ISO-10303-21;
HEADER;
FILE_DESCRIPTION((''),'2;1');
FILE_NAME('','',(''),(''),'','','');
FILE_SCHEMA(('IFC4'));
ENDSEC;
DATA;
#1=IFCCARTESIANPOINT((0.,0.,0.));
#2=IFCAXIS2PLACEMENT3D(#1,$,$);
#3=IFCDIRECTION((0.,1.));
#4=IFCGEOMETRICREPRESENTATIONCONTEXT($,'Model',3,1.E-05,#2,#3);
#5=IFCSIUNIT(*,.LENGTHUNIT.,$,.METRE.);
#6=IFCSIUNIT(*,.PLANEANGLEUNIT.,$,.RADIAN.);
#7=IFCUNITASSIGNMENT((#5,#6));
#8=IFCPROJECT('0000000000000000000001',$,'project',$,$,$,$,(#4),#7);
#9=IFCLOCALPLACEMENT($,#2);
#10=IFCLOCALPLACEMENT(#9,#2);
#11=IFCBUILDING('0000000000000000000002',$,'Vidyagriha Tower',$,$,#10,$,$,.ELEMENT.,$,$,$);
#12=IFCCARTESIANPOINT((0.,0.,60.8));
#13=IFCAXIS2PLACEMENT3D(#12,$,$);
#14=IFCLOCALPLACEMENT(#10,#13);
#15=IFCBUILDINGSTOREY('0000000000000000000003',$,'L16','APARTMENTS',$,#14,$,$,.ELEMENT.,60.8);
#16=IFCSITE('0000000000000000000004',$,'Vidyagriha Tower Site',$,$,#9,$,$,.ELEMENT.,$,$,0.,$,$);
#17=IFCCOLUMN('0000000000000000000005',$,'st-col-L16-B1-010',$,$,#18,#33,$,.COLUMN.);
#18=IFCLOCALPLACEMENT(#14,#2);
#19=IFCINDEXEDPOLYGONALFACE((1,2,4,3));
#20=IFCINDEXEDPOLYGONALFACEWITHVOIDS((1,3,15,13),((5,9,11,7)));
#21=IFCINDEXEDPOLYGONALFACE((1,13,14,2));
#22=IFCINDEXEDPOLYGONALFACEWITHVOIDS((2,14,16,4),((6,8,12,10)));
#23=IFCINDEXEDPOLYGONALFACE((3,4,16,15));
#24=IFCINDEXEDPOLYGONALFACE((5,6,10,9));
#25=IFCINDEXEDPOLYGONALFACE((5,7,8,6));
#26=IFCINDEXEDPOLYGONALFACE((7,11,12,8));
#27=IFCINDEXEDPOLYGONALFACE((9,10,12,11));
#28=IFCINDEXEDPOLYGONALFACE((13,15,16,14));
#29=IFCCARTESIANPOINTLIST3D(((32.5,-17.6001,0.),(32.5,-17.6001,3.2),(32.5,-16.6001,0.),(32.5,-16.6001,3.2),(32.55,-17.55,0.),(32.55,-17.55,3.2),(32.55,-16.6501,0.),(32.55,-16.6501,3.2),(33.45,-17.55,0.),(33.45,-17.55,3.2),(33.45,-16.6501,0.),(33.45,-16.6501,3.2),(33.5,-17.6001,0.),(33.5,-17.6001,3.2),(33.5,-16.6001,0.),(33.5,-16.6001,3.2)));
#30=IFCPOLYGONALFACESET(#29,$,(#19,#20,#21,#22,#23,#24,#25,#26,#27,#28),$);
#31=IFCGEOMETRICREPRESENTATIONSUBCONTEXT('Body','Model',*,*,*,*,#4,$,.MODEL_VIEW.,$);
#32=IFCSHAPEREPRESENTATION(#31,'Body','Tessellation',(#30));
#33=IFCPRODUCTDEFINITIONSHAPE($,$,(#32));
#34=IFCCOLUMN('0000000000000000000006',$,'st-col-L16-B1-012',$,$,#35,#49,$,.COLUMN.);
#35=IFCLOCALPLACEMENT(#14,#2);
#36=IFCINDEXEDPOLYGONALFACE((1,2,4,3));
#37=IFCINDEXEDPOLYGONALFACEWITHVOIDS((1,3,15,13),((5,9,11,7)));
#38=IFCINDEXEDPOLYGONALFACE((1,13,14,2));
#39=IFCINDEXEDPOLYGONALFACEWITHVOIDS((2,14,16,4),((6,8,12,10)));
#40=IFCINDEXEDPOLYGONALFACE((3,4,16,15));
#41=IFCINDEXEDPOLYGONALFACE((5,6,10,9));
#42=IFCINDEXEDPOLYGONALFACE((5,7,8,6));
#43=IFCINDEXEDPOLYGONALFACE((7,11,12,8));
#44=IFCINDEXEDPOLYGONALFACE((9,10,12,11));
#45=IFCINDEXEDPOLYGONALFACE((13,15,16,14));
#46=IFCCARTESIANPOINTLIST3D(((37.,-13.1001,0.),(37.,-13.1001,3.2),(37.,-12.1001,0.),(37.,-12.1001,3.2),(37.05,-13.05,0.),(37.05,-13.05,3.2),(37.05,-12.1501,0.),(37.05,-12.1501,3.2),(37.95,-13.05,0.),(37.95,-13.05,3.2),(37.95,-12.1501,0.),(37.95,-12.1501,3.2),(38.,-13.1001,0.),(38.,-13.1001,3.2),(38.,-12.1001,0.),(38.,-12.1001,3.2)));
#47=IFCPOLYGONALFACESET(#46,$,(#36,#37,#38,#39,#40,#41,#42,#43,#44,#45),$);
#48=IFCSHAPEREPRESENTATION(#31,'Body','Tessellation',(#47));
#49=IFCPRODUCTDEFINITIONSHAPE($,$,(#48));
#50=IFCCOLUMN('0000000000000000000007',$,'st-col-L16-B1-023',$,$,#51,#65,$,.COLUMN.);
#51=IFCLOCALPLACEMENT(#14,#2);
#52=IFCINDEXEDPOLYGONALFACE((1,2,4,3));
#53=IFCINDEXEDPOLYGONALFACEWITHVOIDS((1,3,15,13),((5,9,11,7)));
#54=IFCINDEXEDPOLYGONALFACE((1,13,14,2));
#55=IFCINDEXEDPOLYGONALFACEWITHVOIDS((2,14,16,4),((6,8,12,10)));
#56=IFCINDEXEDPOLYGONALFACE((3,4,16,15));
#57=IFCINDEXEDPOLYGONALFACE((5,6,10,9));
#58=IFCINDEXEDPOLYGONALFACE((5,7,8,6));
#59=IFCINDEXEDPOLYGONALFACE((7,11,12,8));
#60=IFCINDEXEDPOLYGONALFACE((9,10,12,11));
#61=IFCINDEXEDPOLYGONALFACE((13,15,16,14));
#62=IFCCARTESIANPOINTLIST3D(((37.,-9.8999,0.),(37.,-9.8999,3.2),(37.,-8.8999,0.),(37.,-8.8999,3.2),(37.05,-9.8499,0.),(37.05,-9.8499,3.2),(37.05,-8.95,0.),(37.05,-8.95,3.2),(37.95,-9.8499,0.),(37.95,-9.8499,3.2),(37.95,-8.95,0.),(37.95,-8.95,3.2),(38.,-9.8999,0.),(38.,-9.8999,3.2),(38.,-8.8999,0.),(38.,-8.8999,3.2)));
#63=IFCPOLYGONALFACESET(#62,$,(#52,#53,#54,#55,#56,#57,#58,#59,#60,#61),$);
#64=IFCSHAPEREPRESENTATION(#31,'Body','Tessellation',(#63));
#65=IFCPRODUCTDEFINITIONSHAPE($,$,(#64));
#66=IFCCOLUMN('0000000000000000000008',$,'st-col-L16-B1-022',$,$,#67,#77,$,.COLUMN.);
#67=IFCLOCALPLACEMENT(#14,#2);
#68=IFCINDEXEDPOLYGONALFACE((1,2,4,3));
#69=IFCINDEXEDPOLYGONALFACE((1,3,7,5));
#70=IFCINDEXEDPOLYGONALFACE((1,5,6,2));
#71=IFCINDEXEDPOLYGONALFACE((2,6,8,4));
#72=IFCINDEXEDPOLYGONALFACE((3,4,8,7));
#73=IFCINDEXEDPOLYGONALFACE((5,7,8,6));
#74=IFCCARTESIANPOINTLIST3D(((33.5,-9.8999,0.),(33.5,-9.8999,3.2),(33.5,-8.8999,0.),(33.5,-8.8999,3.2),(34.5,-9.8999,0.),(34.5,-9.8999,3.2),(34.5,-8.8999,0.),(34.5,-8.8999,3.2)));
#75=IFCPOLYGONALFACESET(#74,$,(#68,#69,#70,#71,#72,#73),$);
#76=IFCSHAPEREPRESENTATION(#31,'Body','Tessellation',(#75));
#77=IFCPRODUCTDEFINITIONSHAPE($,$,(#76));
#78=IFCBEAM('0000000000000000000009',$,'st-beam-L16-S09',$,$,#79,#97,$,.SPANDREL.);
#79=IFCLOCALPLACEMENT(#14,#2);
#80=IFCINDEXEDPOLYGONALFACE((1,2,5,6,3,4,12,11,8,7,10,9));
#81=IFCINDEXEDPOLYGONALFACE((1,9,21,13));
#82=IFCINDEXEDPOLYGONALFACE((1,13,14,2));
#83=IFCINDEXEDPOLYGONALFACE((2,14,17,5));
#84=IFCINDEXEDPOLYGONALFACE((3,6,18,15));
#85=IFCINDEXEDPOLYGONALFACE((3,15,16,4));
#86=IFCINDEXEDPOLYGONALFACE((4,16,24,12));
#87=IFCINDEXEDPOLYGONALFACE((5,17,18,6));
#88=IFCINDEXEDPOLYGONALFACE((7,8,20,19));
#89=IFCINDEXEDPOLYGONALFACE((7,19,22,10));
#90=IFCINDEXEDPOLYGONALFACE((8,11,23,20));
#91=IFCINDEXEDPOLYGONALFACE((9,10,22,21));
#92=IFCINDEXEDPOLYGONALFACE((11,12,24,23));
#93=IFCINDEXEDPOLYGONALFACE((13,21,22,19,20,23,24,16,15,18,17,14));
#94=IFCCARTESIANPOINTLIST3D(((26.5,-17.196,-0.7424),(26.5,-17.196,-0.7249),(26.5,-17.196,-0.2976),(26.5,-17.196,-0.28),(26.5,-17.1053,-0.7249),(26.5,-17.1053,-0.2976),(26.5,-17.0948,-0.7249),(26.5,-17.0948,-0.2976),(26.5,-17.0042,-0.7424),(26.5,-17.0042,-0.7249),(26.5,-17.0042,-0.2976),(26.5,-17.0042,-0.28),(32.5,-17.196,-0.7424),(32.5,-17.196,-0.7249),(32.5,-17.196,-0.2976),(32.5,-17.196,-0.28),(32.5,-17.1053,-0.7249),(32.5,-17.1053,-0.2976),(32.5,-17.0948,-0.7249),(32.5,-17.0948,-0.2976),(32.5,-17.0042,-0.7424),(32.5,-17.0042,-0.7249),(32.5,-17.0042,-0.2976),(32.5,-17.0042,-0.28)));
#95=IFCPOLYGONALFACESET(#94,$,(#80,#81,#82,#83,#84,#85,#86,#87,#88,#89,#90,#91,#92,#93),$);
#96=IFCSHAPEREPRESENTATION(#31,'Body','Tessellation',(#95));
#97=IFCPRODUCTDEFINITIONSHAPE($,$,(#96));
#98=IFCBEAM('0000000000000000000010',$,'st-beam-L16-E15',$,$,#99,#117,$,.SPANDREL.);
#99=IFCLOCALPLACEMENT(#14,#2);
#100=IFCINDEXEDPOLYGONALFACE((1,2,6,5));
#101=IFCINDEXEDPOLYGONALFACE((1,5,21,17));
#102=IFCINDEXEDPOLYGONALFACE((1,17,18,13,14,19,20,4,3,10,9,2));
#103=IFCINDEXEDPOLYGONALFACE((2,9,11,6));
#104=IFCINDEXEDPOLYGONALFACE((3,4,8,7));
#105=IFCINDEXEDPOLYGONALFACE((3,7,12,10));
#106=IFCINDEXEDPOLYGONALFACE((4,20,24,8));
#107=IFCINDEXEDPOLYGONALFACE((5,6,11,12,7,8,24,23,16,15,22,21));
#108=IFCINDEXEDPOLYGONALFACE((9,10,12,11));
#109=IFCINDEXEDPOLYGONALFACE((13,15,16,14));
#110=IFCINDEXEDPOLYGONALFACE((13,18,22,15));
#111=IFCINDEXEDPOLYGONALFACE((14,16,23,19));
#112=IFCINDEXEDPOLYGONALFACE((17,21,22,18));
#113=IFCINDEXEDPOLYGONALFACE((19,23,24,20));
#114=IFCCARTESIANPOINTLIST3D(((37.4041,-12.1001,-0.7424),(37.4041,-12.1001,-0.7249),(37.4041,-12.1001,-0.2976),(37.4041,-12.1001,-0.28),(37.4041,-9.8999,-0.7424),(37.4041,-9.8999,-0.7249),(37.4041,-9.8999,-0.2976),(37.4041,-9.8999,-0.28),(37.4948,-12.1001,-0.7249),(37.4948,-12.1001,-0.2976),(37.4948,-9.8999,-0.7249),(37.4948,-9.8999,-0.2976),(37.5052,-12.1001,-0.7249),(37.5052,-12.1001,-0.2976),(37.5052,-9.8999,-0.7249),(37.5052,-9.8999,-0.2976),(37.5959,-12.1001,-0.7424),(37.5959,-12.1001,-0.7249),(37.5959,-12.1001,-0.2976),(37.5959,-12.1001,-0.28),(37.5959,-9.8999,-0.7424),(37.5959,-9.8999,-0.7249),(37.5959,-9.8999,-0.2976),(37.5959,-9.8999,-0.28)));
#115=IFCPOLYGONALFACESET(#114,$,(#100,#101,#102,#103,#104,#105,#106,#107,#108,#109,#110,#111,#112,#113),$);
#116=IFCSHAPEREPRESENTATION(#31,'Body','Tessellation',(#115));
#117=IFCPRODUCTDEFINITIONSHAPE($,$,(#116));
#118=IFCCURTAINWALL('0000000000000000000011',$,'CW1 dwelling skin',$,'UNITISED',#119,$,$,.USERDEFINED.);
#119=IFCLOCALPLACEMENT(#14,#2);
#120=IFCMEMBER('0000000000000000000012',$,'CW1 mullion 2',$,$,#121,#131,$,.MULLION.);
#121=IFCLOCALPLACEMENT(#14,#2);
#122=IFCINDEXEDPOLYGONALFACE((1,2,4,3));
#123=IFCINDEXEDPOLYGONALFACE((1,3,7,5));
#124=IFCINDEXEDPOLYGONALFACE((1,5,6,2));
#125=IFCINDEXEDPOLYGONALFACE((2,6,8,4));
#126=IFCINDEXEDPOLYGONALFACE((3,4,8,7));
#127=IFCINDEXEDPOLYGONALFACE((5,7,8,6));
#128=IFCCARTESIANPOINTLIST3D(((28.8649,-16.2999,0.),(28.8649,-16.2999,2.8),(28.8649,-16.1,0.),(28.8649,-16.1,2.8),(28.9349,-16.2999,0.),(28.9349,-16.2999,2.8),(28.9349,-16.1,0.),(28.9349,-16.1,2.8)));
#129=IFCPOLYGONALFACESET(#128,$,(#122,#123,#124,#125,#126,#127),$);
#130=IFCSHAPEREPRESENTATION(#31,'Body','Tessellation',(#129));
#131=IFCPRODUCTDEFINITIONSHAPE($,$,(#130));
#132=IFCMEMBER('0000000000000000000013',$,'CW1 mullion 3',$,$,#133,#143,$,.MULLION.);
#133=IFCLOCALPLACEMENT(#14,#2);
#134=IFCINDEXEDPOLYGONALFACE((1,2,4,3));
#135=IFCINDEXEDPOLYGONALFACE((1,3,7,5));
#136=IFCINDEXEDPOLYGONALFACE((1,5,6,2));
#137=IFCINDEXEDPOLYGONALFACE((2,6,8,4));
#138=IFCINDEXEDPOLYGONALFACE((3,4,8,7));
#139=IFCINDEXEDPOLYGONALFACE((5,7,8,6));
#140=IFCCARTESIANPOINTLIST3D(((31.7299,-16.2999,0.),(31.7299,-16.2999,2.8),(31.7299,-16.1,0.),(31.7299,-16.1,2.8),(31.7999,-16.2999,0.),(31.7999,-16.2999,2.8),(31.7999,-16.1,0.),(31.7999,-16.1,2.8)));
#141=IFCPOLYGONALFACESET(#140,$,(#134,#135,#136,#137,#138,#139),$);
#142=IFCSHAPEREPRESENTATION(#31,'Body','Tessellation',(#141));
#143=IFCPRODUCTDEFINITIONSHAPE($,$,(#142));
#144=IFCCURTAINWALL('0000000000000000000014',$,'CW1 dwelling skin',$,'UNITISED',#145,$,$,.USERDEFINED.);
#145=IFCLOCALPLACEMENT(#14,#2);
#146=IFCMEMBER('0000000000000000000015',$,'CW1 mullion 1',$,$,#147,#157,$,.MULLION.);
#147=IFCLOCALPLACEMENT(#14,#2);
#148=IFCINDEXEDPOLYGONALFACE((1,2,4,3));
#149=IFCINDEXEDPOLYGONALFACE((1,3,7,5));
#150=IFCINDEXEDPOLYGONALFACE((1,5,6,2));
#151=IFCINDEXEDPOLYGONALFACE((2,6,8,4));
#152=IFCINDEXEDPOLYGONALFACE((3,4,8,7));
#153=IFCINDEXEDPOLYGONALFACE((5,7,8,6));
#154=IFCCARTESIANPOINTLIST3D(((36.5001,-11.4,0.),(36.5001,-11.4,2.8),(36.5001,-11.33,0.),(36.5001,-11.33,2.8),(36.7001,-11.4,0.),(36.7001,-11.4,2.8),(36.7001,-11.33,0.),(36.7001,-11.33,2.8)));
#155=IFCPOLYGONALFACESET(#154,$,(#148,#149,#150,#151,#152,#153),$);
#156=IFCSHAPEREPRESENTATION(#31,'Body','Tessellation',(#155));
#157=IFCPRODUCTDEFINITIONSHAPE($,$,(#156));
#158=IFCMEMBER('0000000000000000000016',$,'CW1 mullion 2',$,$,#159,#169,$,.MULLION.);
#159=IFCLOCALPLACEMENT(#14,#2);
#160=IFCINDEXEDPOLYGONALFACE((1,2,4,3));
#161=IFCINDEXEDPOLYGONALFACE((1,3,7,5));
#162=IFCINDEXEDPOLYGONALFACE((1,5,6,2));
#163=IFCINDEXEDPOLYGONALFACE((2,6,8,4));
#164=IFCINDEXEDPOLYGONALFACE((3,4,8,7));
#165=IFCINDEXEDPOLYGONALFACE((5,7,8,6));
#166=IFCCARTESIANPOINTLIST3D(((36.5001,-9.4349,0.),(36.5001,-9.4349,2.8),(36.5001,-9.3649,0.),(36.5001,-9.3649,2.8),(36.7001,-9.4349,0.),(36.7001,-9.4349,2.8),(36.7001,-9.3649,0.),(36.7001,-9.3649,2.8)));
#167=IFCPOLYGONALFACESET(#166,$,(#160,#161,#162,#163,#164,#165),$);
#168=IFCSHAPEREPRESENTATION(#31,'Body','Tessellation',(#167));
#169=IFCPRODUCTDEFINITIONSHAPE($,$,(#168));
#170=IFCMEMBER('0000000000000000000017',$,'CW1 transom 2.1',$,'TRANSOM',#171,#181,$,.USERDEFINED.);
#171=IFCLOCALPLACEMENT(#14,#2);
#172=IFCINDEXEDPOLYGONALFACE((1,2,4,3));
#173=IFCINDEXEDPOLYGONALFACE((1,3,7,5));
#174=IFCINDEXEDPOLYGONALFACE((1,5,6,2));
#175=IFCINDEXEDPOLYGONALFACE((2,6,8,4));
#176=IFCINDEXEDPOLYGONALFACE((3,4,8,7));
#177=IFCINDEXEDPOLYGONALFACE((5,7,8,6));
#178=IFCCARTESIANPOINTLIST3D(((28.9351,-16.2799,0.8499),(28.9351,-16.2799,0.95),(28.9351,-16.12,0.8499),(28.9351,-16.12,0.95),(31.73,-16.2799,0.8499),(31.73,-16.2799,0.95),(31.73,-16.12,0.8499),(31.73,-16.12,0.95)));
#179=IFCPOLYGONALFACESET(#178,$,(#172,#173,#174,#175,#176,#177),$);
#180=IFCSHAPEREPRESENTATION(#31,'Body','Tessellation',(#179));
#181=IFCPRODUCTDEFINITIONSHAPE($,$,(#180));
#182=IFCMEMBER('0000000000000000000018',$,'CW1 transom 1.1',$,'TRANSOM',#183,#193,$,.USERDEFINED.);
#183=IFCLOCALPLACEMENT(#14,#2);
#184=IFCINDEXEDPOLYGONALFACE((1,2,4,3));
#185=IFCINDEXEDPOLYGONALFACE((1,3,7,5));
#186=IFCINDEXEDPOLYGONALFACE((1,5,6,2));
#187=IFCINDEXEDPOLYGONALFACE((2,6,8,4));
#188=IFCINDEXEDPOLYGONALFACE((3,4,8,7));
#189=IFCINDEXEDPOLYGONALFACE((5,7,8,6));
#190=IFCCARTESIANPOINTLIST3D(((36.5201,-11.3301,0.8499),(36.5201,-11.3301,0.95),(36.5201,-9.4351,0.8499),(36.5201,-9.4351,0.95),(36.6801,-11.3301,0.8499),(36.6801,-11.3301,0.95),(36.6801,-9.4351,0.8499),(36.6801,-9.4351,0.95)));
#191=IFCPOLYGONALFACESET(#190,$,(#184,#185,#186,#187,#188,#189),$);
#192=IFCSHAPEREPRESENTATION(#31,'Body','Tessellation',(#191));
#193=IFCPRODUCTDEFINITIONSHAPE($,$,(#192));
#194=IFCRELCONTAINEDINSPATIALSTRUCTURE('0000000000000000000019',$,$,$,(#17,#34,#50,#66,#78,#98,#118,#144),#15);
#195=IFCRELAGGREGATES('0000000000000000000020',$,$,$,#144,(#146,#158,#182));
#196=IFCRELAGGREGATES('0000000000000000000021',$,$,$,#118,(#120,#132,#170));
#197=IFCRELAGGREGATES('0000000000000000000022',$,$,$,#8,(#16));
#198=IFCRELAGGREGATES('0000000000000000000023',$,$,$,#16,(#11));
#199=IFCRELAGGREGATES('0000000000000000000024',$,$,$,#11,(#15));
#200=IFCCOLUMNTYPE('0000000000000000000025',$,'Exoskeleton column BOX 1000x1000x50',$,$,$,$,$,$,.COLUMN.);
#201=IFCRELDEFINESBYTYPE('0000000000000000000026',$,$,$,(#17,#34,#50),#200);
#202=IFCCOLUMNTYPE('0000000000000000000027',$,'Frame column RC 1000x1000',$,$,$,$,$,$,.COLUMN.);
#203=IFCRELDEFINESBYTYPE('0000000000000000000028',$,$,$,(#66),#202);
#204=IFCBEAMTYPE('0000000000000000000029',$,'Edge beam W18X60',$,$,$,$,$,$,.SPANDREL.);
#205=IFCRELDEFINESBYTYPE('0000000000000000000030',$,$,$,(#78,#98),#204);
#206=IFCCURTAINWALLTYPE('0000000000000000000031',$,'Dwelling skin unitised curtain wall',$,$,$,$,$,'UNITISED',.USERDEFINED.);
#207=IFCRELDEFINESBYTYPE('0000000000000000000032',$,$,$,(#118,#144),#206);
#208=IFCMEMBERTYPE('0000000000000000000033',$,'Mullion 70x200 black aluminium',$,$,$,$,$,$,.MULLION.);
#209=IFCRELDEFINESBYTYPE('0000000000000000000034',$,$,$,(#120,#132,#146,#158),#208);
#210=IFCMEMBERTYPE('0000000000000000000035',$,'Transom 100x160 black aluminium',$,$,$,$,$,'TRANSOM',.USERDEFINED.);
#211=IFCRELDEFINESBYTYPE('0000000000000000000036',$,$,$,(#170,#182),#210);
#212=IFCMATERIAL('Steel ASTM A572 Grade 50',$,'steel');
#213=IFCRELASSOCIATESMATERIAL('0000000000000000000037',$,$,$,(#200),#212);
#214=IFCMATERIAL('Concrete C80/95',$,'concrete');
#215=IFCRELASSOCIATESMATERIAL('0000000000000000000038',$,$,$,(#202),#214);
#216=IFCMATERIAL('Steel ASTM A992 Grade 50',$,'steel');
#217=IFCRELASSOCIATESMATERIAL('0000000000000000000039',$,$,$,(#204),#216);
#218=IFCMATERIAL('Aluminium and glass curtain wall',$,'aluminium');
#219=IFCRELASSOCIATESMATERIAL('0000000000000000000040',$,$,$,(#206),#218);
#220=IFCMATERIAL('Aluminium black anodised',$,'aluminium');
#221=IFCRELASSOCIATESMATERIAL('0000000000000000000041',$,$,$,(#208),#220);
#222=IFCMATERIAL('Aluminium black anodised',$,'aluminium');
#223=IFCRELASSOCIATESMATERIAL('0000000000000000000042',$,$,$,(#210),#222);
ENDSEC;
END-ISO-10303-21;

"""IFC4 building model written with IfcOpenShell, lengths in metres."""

from ifc_helpers import new_model, si_unit, direction, frame, origin, origin_2d, place, context, subcontext, project, spatial, rectangle, hollow_rectangle, i_section, extrude, material, material_profile, profile_set, type_object, element, aggregate, save


model = new_model("IFC4")

# Units and contexts
model_context = context("Model", 3, precision=1e-05, world=origin(), true_north=direction((0.0, 1.0)))
body_context = subcontext(model_context, "Body", "Model", "MODEL_VIEW")
ifc_project = project(units=[si_unit("LENGTHUNIT", "METRE"), si_unit("PLANEANGLEUNIT", "RADIAN")], contexts=[model_context])

# Site, building, storey
site_placement = place(None, origin())
site = spatial("IfcSite", under=ifc_project, at=site_placement, Name="Vidyagriha Tower Site", CompositionType="ELEMENT", RefElevation=0.0)
building_placement = place(site_placement, origin())
building = spatial("IfcBuilding", under=site, at=building_placement, Name="Vidyagriha Tower", CompositionType="ELEMENT")
storey_placement = place(building_placement, frame((0.0, 0.0, 60.8)))
storey = spatial("IfcBuildingStorey", under=building, at=storey_placement, Name="L16", Description="APARTMENTS", CompositionType="ELEMENT", Elevation=60.8)

# Columns
ifc_material_1 = material(Name="Steel ASTM A572 Grade 50", Category="steel")
ifc_material_profile_1 = material_profile(ifc_material_1, hollow_rectangle(XDim=1.0, YDim=1.0, WallThickness=0.05, at=origin_2d()), Name="BOX 1000x1000x50")
ifc_profile_set_1 = profile_set([ifc_material_profile_1], Name="Steel ASTM A572 Grade 50")
column_type_1 = type_object("IfcColumnType", Name="Exoskeleton column BOX 1000x1000x50", PredefinedType="COLUMN", material=ifc_profile_set_1)
for number, where, name in (
    (1, (33.0, -17.1001, 0.0), "st-col-L16-B1-010"),
    (2, (37.5, -12.6001, 0.0), "st-col-L16-B1-012"),
    (3, (37.5, -9.3999, 0.0), "st-col-L16-B1-023"),
):
    element("IfcColumn", number, at=place(storey_placement, frame(where)), inside=storey, type_object=column_type_1, Name=name, PredefinedType="COLUMN", context=body_context, shape_type="SweptSolid", body=[
        extrude(hollow_rectangle(XDim=1.0, YDim=1.0, WallThickness=0.05, at=origin_2d()), origin(), (0.0, 0.0, 1.0), 3.2),
    ])
ifc_material_2 = material(Name="Concrete C80/95", Category="concrete")
ifc_material_profile_2 = material_profile(ifc_material_2, rectangle(XDim=1.0, YDim=1.0, at=origin_2d()), Name="RC 1000x1000")
ifc_profile_set_2 = profile_set([ifc_material_profile_2], Name="Concrete C80/95")
column_type_2 = type_object("IfcColumnType", Name="Frame column RC 1000x1000", PredefinedType="COLUMN", material=ifc_profile_set_2)
column_placement = place(storey_placement, frame((34.0, -9.3999, 0.0)))
element("IfcColumn", 4, at=column_placement, inside=storey, type_object=column_type_2, Name="st-col-L16-B1-022", PredefinedType="COLUMN", context=body_context, shape_type="SweptSolid", body=[
    extrude(rectangle(XDim=1.0, YDim=1.0, at=origin_2d()), origin(), (0.0, 0.0, 1.0), 3.2),
])

# Beams
ifc_material_3 = material(Name="Steel ASTM A992 Grade 50", Category="steel")
ifc_material_profile_3 = material_profile(ifc_material_3, i_section(OverallWidth=0.1919, OverallDepth=0.4624, WebThickness=0.0105, FlangeThickness=0.0176, at=origin_2d()), Name="W18X60")
ifc_profile_set_3 = profile_set([ifc_material_profile_3], Name="Steel ASTM A992 Grade 50")
beam_type = type_object("IfcBeamType", Name="Edge beam W18X60", PredefinedType="SPANDREL", material=ifc_profile_set_3)
beam_1_placement = place(storey_placement, frame((26.5, -17.1001, -0.5112), z_axis=(1.0, 0.0, 0.0), x_axis=(0.0, 1.0, 0.0)))
element("IfcBeam", 5, at=beam_1_placement, inside=storey, type_object=beam_type, Name="st-beam-L16-S09", PredefinedType="SPANDREL", context=body_context, shape_type="SweptSolid", body=[
    extrude(i_section(OverallWidth=0.1919, OverallDepth=0.4624, WebThickness=0.0105, FlangeThickness=0.0176, at=origin_2d()), origin(), (0.0, 0.0, 1.0), 6.0),
])
beam_2_placement = place(storey_placement, frame((37.5, -12.1001, -0.5112), z_axis=(0.0, 1.0, 0.0), x_axis=(-1.0, 0.0, 0.0)))
element("IfcBeam", 6, at=beam_2_placement, inside=storey, type_object=beam_type, Name="st-beam-L16-E15", PredefinedType="SPANDREL", context=body_context, shape_type="SweptSolid", body=[
    extrude(i_section(OverallWidth=0.1919, OverallDepth=0.4624, WebThickness=0.0105, FlangeThickness=0.0176, at=origin_2d()), origin(), (0.0, 0.0, 1.0), 2.2002),
])

# Curtain walls, members
ifc_material_4 = material(Name="Aluminium and glass curtain wall", Category="aluminium")
curtain_wall_type = type_object("IfcCurtainWallType", Name="Dwelling skin unitised curtain wall", ElementType="UNITISED", PredefinedType="USERDEFINED", material=ifc_material_4)
curtain_wall_1_placement = place(storey_placement, origin())
curtain_wall_1 = element("IfcCurtainWall", 7, at=curtain_wall_1_placement, inside=storey, type_object=curtain_wall_type, Name="CW1 dwelling skin", ObjectType="UNITISED", PredefinedType="USERDEFINED")
ifc_material_5 = material(Name="Aluminium black anodised", Category="aluminium")
ifc_material_profile_4 = material_profile(ifc_material_5, rectangle(XDim=0.2, YDim=0.0701, at=origin_2d()), Name="Mullion 70x200 black aluminium")
ifc_profile_set_4 = profile_set([ifc_material_profile_4], Name="Aluminium black anodised")
member_type_1 = type_object("IfcMemberType", Name="Mullion 70x200 black aluminium", PredefinedType="MULLION", material=ifc_profile_set_4)
member_1_placement = place(storey_placement, frame((28.8999, -16.2, 0.0), z_axis=(0.0, 0.0, 1.0), x_axis=(0.0, 1.0, 0.0)))
member_1 = element("IfcMember", 8, at=member_1_placement, type_object=member_type_1, Name="CW1 mullion 2", PredefinedType="MULLION", context=body_context, shape_type="SweptSolid", body=[
    extrude(rectangle(XDim=0.2, YDim=0.0701, at=origin_2d()), origin(), (0.0, 0.0, 1.0), 2.8),
])
member_2_placement = place(storey_placement, frame((31.7649, -16.2, 0.0), z_axis=(0.0, 0.0, 1.0), x_axis=(0.0, 1.0, 0.0)))
member_2 = element("IfcMember", 9, at=member_2_placement, type_object=member_type_1, Name="CW1 mullion 3", PredefinedType="MULLION", context=body_context, shape_type="SweptSolid", body=[
    extrude(rectangle(XDim=0.2, YDim=0.0701, at=origin_2d()), origin(), (0.0, 0.0, 1.0), 2.8),
])
curtain_wall_2_placement = place(storey_placement, origin())
curtain_wall_2 = element("IfcCurtainWall", 10, at=curtain_wall_2_placement, inside=storey, type_object=curtain_wall_type, Name="CW1 dwelling skin", ObjectType="UNITISED", PredefinedType="USERDEFINED")
member_3_placement = place(storey_placement, frame((36.6001, -11.365, 0.0), z_axis=(0.0, 0.0, 1.0), x_axis=(-1.0, 0.0, 0.0)))
member_3 = element("IfcMember", 11, at=member_3_placement, type_object=member_type_1, Name="CW1 mullion 1", PredefinedType="MULLION", context=body_context, shape_type="SweptSolid", body=[
    extrude(rectangle(XDim=0.2, YDim=0.0701, at=origin_2d()), origin(), (0.0, 0.0, 1.0), 2.8),
])
member_4_placement = place(storey_placement, frame((36.6001, -9.3999, 0.0), z_axis=(0.0, 0.0, 1.0), x_axis=(-1.0, 0.0, 0.0)))
member_4 = element("IfcMember", 12, at=member_4_placement, type_object=member_type_1, Name="CW1 mullion 2", PredefinedType="MULLION", context=body_context, shape_type="SweptSolid", body=[
    extrude(rectangle(XDim=0.2, YDim=0.0701, at=origin_2d()), origin(), (0.0, 0.0, 1.0), 2.8),
])

# Members
ifc_material_6 = material(Name="Aluminium black anodised", Category="aluminium")
ifc_material_profile_5 = material_profile(ifc_material_6, rectangle(XDim=0.1599, YDim=0.1001, at=origin_2d()), Name="Transom 100x160 black aluminium")
ifc_profile_set_5 = profile_set([ifc_material_profile_5], Name="Aluminium black anodised")
member_type_2 = type_object("IfcMemberType", Name="Transom 100x160 black aluminium", ElementType="TRANSOM", PredefinedType="USERDEFINED", material=ifc_profile_set_5)
member_5_placement = place(storey_placement, frame((28.9351, -16.2, 0.8999), z_axis=(1.0, 0.0, 0.0), x_axis=(0.0, 1.0, 0.0)))
member_5 = element("IfcMember", 13, at=member_5_placement, type_object=member_type_2, Name="CW1 transom 2.1", ObjectType="TRANSOM", PredefinedType="USERDEFINED", context=body_context, shape_type="SweptSolid", body=[
    extrude(rectangle(XDim=0.1599, YDim=0.1001, at=origin_2d()), origin(), (0.0, 0.0, 1.0), 2.7949),
])
member_6_placement = place(storey_placement, frame((36.6001, -11.3301, 0.8999), z_axis=(0.0, 1.0, 0.0), x_axis=(-1.0, 0.0, 0.0)))
member_6 = element("IfcMember", 14, at=member_6_placement, type_object=member_type_2, Name="CW1 transom 1.1", ObjectType="TRANSOM", PredefinedType="USERDEFINED", context=body_context, shape_type="SweptSolid", body=[
    extrude(rectangle(XDim=0.1599, YDim=0.1001, at=origin_2d()), origin(), (0.0, 0.0, 1.0), 1.895),
])

aggregate(curtain_wall_2, [member_3, member_4, member_6])
aggregate(curtain_wall_1, [member_1, member_2, member_5])

save(model, "model.ifc")
